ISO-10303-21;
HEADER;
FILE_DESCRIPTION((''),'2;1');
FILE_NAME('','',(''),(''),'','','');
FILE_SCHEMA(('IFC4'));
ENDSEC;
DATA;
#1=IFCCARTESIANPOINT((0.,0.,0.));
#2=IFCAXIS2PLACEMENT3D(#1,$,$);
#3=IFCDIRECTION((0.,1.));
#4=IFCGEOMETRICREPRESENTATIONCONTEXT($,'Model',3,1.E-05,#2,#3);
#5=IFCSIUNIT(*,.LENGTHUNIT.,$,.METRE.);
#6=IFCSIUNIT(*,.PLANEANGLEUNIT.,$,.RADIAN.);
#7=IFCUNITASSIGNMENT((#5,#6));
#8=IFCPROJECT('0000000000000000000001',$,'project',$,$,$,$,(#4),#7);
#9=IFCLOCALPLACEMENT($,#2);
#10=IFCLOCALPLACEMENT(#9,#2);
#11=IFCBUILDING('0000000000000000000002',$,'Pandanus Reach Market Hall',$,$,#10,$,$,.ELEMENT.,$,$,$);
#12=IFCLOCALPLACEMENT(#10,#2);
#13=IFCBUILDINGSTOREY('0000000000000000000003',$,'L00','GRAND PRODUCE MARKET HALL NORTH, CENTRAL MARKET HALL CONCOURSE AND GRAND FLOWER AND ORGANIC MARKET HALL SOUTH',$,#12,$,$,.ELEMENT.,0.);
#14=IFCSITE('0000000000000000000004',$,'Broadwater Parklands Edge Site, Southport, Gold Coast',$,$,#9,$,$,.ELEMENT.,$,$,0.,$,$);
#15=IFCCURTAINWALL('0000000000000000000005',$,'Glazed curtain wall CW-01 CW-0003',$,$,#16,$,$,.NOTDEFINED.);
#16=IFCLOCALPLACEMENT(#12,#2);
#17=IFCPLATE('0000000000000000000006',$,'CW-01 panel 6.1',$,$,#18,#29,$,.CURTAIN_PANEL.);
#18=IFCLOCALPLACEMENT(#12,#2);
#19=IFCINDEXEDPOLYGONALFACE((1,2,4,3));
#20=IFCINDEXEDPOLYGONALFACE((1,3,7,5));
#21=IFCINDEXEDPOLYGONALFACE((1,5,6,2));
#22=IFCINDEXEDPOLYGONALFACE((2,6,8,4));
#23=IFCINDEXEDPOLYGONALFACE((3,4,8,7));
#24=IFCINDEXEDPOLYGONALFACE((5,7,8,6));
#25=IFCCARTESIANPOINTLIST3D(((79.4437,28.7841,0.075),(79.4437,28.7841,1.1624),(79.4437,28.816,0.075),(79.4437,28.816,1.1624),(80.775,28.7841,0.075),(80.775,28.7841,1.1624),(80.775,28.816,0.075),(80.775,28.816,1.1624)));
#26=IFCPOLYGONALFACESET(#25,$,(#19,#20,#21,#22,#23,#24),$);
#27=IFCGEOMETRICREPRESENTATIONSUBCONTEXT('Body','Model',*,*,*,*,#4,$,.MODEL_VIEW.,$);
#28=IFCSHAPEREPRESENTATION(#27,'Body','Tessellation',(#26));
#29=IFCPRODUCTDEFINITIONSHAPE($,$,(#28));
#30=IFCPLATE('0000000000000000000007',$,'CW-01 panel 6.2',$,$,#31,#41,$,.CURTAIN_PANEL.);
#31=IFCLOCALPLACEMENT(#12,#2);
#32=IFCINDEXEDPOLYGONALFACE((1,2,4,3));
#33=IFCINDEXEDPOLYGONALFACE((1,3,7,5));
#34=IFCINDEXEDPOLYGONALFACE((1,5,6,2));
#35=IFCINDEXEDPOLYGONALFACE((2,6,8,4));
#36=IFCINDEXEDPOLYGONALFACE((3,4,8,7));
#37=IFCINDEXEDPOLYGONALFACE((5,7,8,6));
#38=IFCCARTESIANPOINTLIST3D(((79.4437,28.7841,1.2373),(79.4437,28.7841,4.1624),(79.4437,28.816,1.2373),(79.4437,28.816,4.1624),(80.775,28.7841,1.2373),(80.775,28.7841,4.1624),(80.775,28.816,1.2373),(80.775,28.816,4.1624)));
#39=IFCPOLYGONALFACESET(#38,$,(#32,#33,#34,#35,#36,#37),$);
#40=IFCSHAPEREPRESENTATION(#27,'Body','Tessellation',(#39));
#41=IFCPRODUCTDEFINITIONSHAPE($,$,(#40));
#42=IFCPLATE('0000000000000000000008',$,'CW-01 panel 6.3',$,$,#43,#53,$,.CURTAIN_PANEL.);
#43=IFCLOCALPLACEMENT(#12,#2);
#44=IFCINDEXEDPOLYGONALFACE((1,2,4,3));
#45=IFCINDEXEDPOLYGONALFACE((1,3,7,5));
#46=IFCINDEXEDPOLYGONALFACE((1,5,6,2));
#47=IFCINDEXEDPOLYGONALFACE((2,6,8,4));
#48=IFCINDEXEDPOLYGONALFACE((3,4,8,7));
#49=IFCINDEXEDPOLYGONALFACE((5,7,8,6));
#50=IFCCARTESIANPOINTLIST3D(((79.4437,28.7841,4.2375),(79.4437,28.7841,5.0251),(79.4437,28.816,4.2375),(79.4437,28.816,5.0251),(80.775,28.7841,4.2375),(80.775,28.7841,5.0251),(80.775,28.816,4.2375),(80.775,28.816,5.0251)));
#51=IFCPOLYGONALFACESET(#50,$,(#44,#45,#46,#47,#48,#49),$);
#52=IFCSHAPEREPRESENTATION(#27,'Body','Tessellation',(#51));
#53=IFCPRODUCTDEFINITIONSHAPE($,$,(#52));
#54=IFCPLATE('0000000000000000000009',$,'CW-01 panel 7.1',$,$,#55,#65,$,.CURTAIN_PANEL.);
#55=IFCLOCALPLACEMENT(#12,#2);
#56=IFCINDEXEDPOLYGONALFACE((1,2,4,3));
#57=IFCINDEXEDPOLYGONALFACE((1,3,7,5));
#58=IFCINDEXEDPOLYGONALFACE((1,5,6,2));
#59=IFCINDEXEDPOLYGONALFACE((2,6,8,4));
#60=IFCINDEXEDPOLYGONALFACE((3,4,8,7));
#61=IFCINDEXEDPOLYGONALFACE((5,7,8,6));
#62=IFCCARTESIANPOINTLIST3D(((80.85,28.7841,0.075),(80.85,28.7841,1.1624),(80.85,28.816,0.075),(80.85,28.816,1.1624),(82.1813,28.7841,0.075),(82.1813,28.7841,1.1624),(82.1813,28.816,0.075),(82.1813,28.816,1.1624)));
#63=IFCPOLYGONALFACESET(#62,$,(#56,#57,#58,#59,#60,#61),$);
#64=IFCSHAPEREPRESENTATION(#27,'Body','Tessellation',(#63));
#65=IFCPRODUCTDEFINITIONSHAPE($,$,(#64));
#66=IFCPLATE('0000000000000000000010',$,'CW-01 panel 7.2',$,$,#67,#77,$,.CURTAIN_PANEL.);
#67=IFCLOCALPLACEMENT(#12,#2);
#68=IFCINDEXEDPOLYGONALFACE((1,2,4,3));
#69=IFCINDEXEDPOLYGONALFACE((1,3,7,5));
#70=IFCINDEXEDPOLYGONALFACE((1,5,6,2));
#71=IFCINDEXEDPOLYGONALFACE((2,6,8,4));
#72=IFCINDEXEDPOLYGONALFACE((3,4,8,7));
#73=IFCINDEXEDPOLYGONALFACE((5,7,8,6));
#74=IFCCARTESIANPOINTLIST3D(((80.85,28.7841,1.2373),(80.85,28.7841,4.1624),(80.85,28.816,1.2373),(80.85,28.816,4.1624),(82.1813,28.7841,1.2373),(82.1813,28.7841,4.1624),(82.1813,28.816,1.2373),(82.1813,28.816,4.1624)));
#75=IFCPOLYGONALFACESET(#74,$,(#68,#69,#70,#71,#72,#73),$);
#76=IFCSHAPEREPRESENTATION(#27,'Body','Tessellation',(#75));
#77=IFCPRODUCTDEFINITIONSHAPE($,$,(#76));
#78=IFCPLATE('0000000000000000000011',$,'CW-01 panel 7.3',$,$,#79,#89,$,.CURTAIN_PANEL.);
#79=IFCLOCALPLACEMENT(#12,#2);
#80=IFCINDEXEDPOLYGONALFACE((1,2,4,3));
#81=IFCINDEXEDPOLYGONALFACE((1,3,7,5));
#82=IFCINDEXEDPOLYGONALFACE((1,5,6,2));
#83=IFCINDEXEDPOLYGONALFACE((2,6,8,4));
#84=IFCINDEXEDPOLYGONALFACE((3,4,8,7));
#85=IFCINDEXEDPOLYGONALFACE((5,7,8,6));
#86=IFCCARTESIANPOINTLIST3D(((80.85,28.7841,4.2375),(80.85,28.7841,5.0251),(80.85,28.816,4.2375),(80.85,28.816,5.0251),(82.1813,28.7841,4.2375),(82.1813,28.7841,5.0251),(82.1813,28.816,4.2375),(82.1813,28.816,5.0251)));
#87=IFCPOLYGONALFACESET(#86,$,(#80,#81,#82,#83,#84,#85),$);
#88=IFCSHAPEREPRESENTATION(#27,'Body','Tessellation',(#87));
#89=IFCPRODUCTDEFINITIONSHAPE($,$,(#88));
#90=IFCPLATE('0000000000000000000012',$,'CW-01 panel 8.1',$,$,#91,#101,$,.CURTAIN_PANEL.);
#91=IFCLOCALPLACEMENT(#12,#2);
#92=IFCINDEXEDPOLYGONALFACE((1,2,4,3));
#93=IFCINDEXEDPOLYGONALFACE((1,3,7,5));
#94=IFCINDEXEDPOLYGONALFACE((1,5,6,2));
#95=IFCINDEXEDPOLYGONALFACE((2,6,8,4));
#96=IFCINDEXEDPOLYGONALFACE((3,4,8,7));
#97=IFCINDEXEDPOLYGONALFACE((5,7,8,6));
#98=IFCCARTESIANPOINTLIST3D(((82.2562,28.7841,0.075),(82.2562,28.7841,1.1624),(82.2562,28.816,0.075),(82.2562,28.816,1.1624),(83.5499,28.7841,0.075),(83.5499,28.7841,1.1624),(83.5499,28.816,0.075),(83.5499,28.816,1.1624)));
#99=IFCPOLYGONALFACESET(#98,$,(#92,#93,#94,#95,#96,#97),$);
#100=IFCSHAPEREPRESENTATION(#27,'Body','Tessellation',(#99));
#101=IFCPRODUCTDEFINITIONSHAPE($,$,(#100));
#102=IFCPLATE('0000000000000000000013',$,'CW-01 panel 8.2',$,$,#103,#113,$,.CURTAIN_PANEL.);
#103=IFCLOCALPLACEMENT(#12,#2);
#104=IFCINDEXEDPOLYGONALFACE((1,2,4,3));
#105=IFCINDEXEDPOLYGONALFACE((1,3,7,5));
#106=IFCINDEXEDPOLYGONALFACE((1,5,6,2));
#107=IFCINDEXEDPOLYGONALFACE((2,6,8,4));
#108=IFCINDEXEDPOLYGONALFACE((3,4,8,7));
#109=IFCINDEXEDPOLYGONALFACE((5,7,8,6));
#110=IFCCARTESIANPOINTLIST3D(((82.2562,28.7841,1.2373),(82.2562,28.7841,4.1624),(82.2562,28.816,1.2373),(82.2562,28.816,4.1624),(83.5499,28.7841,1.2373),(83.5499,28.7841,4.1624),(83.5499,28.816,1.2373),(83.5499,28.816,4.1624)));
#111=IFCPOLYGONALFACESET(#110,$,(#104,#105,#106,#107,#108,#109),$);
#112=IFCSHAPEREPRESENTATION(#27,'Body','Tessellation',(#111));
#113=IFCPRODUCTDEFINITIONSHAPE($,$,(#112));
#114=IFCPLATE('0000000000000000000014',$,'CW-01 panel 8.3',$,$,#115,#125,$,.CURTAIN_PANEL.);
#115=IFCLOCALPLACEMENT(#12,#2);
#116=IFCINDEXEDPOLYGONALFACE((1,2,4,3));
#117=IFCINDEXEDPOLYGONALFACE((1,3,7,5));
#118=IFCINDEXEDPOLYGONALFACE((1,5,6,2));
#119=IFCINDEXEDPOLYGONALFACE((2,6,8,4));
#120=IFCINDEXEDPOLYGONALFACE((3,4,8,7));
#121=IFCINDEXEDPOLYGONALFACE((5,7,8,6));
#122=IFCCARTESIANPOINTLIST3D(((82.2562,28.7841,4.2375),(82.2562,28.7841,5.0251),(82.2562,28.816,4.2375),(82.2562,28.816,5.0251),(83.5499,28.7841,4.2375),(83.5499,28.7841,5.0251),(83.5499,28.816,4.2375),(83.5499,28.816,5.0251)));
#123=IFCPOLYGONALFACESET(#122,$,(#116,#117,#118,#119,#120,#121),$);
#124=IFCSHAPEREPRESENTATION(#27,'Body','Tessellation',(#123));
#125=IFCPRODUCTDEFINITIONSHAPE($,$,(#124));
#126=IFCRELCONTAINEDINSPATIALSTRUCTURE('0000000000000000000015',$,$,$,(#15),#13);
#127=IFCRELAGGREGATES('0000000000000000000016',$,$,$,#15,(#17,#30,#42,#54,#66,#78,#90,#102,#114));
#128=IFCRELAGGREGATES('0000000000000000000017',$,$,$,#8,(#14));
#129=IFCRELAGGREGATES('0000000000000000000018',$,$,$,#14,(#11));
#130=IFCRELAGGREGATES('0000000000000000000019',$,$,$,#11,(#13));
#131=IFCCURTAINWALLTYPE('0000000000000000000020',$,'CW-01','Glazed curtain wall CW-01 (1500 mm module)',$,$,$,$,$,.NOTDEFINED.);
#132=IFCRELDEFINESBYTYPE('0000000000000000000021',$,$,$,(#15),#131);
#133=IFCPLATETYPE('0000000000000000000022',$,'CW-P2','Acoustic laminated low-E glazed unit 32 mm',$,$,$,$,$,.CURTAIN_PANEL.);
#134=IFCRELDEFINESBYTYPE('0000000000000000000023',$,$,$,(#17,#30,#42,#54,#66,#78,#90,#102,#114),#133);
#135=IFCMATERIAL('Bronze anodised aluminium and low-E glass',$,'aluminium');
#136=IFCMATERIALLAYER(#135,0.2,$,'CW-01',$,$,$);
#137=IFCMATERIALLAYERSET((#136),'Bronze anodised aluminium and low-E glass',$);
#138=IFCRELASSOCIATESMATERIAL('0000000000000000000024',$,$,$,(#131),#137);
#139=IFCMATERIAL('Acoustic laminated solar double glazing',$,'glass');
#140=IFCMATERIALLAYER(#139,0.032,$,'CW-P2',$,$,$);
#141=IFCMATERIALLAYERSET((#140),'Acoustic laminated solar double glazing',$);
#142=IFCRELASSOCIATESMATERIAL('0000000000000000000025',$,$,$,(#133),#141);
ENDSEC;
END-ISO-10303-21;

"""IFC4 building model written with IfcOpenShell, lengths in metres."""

from ifc_helpers import new_model, si_unit, direction, frame, origin, origin_2d, place, context, subcontext, project, spatial, rectangle, extrude, material, layer, layer_set, type_object, element, aggregate, save


model = new_model("IFC4")

# Units and contexts
model_context = context("Model", 3, precision=1e-05, world=origin(), true_north=direction((0.0, 1.0)))
body_context = subcontext(model_context, "Body", "Model", "MODEL_VIEW")
ifc_project = project(units=[si_unit("LENGTHUNIT", "METRE"), si_unit("PLANEANGLEUNIT", "RADIAN")], contexts=[model_context])

# Site, building, storey
site_placement = place(None, origin())
site = spatial("IfcSite", under=ifc_project, at=site_placement, Name="Broadwater Parklands Edge Site, Southport, Gold Coast", CompositionType="ELEMENT", RefElevation=0.0)
building_placement = place(site_placement, origin())
building = spatial("IfcBuilding", under=site, at=building_placement, Name="Pandanus Reach Market Hall", CompositionType="ELEMENT")
storey_placement = place(building_placement, origin())
storey = spatial("IfcBuildingStorey", under=building, at=storey_placement, Name="L00", Description="GRAND PRODUCE MARKET HALL NORTH, CENTRAL MARKET HALL CONCOURSE AND GRAND FLOWER AND ORGANIC MARKET HALL SOUTH", CompositionType="ELEMENT", Elevation=0.0)

# Curtain wall
ifc_material_1 = material(Name="Bronze anodised aluminium and low-E glass", Category="aluminium")
ifc_layer_1 = layer(ifc_material_1, 0.2, Name="CW-01")
ifc_layer_set_1 = layer_set([ifc_layer_1], Name="Bronze anodised aluminium and low-E glass")
curtain_wall_type = type_object("IfcCurtainWallType", Name="CW-01", Description="Glazed curtain wall CW-01 (1500 mm module)", PredefinedType="NOTDEFINED", material=ifc_layer_set_1)
curtain_wall_placement = place(storey_placement, origin())
curtain_wall = element("IfcCurtainWall", 1, at=curtain_wall_placement, inside=storey, type_object=curtain_wall_type, Name="Glazed curtain wall CW-01 CW-0003", PredefinedType="NOTDEFINED")

# Plates
ifc_material_2 = material(Name="Acoustic laminated solar double glazing", Category="glass")
ifc_layer_2 = layer(ifc_material_2, 0.032, Name="CW-P2")
ifc_layer_set_2 = layer_set([ifc_layer_2], Name="Acoustic laminated solar double glazing")
plate_type_1 = type_object("IfcPlateType", Name="CW-P2", Description="Acoustic laminated low-E glazed unit 32 mm", PredefinedType="CURTAIN_PANEL", material=ifc_layer_set_2)
plate_1_placement = place(storey_placement, frame((80.1094, 28.8, 0.075), z_axis=(0.0, 0.0, 1.0), x_axis=(1.0, 0.0, 0.0)))
plate_1 = element("IfcPlate", 2, at=plate_1_placement, type_object=plate_type_1, Name="CW-01 panel 6.1", PredefinedType="CURTAIN_PANEL", context=body_context, shape_type="SweptSolid", body=[
    extrude(rectangle(XDim=1.3313, YDim=0.032, at=origin_2d()), origin(), (0.0, 0.0, 1.0), 1.0874),
])
plate_2_placement = place(storey_placement, frame((80.1094, 28.8, 1.2373), z_axis=(0.0, 0.0, 1.0), x_axis=(1.0, 0.0, 0.0)))
plate_2 = element("IfcPlate", 3, at=plate_2_placement, type_object=plate_type_1, Name="CW-01 panel 6.2", PredefinedType="CURTAIN_PANEL", context=body_context, shape_type="SweptSolid", body=[
    extrude(rectangle(XDim=1.3313, YDim=0.032, at=origin_2d()), origin(), (0.0, 0.0, 1.0), 2.925),
])
plate_3_placement = place(storey_placement, frame((80.1094, 28.8, 4.2375), z_axis=(0.0, 0.0, 1.0), x_axis=(1.0, 0.0, 0.0)))
plate_3 = element("IfcPlate", 4, at=plate_3_placement, type_object=plate_type_1, Name="CW-01 panel 6.3", PredefinedType="CURTAIN_PANEL", context=body_context, shape_type="SweptSolid", body=[
    extrude(rectangle(XDim=1.3313, YDim=0.032, at=origin_2d()), origin(), (0.0, 0.0, 1.0), 0.7876),
])
plate_4_placement = place(storey_placement, frame((81.5156, 28.8, 0.075), z_axis=(0.0, 0.0, 1.0), x_axis=(1.0, 0.0, 0.0)))
plate_4 = element("IfcPlate", 5, at=plate_4_placement, type_object=plate_type_1, Name="CW-01 panel 7.1", PredefinedType="CURTAIN_PANEL", context=body_context, shape_type="SweptSolid", body=[
    extrude(rectangle(XDim=1.3313, YDim=0.032, at=origin_2d()), origin(), (0.0, 0.0, 1.0), 1.0874),
])
plate_5_placement = place(storey_placement, frame((81.5156, 28.8, 1.2373), z_axis=(0.0, 0.0, 1.0), x_axis=(1.0, 0.0, 0.0)))
plate_5 = element("IfcPlate", 6, at=plate_5_placement, type_object=plate_type_1, Name="CW-01 panel 7.2", PredefinedType="CURTAIN_PANEL", context=body_context, shape_type="SweptSolid", body=[
    extrude(rectangle(XDim=1.3313, YDim=0.032, at=origin_2d()), origin(), (0.0, 0.0, 1.0), 2.925),
])
plate_6_placement = place(storey_placement, frame((81.5156, 28.8, 4.2375), z_axis=(0.0, 0.0, 1.0), x_axis=(1.0, 0.0, 0.0)))
plate_6 = element("IfcPlate", 7, at=plate_6_placement, type_object=plate_type_1, Name="CW-01 panel 7.3", PredefinedType="CURTAIN_PANEL", context=body_context, shape_type="SweptSolid", body=[
    extrude(rectangle(XDim=1.3313, YDim=0.032, at=origin_2d()), origin(), (0.0, 0.0, 1.0), 0.7876),
])
plate_7_placement = place(storey_placement, frame((82.9031, 28.8, 0.075), z_axis=(0.0, 0.0, 1.0), x_axis=(1.0, 0.0, 0.0)))
plate_7 = element("IfcPlate", 8, at=plate_7_placement, type_object=plate_type_1, Name="CW-01 panel 8.1", PredefinedType="CURTAIN_PANEL", context=body_context, shape_type="SweptSolid", body=[
    extrude(rectangle(XDim=1.2937, YDim=0.032, at=origin_2d()), origin(), (0.0, 0.0, 1.0), 1.0874),
])
plate_8_placement = place(storey_placement, frame((82.9031, 28.8, 1.2373), z_axis=(0.0, 0.0, 1.0), x_axis=(1.0, 0.0, 0.0)))
plate_8 = element("IfcPlate", 9, at=plate_8_placement, type_object=plate_type_1, Name="CW-01 panel 8.2", PredefinedType="CURTAIN_PANEL", context=body_context, shape_type="SweptSolid", body=[
    extrude(rectangle(XDim=1.2937, YDim=0.032, at=origin_2d()), origin(), (0.0, 0.0, 1.0), 2.925),
])
plate_9_placement = place(storey_placement, frame((82.9031, 28.8, 4.2375), z_axis=(0.0, 0.0, 1.0), x_axis=(1.0, 0.0, 0.0)))
plate_9 = element("IfcPlate", 10, at=plate_9_placement, type_object=plate_type_1, Name="CW-01 panel 8.3", PredefinedType="CURTAIN_PANEL", context=body_context, shape_type="SweptSolid", body=[
    extrude(rectangle(XDim=1.2937, YDim=0.032, at=origin_2d()), origin(), (0.0, 0.0, 1.0), 0.7876),
])
aggregate(curtain_wall, [plate_1, plate_2, plate_3, plate_4, plate_5, plate_6, plate_7, plate_8, plate_9])

save(model, "model.ifc")
